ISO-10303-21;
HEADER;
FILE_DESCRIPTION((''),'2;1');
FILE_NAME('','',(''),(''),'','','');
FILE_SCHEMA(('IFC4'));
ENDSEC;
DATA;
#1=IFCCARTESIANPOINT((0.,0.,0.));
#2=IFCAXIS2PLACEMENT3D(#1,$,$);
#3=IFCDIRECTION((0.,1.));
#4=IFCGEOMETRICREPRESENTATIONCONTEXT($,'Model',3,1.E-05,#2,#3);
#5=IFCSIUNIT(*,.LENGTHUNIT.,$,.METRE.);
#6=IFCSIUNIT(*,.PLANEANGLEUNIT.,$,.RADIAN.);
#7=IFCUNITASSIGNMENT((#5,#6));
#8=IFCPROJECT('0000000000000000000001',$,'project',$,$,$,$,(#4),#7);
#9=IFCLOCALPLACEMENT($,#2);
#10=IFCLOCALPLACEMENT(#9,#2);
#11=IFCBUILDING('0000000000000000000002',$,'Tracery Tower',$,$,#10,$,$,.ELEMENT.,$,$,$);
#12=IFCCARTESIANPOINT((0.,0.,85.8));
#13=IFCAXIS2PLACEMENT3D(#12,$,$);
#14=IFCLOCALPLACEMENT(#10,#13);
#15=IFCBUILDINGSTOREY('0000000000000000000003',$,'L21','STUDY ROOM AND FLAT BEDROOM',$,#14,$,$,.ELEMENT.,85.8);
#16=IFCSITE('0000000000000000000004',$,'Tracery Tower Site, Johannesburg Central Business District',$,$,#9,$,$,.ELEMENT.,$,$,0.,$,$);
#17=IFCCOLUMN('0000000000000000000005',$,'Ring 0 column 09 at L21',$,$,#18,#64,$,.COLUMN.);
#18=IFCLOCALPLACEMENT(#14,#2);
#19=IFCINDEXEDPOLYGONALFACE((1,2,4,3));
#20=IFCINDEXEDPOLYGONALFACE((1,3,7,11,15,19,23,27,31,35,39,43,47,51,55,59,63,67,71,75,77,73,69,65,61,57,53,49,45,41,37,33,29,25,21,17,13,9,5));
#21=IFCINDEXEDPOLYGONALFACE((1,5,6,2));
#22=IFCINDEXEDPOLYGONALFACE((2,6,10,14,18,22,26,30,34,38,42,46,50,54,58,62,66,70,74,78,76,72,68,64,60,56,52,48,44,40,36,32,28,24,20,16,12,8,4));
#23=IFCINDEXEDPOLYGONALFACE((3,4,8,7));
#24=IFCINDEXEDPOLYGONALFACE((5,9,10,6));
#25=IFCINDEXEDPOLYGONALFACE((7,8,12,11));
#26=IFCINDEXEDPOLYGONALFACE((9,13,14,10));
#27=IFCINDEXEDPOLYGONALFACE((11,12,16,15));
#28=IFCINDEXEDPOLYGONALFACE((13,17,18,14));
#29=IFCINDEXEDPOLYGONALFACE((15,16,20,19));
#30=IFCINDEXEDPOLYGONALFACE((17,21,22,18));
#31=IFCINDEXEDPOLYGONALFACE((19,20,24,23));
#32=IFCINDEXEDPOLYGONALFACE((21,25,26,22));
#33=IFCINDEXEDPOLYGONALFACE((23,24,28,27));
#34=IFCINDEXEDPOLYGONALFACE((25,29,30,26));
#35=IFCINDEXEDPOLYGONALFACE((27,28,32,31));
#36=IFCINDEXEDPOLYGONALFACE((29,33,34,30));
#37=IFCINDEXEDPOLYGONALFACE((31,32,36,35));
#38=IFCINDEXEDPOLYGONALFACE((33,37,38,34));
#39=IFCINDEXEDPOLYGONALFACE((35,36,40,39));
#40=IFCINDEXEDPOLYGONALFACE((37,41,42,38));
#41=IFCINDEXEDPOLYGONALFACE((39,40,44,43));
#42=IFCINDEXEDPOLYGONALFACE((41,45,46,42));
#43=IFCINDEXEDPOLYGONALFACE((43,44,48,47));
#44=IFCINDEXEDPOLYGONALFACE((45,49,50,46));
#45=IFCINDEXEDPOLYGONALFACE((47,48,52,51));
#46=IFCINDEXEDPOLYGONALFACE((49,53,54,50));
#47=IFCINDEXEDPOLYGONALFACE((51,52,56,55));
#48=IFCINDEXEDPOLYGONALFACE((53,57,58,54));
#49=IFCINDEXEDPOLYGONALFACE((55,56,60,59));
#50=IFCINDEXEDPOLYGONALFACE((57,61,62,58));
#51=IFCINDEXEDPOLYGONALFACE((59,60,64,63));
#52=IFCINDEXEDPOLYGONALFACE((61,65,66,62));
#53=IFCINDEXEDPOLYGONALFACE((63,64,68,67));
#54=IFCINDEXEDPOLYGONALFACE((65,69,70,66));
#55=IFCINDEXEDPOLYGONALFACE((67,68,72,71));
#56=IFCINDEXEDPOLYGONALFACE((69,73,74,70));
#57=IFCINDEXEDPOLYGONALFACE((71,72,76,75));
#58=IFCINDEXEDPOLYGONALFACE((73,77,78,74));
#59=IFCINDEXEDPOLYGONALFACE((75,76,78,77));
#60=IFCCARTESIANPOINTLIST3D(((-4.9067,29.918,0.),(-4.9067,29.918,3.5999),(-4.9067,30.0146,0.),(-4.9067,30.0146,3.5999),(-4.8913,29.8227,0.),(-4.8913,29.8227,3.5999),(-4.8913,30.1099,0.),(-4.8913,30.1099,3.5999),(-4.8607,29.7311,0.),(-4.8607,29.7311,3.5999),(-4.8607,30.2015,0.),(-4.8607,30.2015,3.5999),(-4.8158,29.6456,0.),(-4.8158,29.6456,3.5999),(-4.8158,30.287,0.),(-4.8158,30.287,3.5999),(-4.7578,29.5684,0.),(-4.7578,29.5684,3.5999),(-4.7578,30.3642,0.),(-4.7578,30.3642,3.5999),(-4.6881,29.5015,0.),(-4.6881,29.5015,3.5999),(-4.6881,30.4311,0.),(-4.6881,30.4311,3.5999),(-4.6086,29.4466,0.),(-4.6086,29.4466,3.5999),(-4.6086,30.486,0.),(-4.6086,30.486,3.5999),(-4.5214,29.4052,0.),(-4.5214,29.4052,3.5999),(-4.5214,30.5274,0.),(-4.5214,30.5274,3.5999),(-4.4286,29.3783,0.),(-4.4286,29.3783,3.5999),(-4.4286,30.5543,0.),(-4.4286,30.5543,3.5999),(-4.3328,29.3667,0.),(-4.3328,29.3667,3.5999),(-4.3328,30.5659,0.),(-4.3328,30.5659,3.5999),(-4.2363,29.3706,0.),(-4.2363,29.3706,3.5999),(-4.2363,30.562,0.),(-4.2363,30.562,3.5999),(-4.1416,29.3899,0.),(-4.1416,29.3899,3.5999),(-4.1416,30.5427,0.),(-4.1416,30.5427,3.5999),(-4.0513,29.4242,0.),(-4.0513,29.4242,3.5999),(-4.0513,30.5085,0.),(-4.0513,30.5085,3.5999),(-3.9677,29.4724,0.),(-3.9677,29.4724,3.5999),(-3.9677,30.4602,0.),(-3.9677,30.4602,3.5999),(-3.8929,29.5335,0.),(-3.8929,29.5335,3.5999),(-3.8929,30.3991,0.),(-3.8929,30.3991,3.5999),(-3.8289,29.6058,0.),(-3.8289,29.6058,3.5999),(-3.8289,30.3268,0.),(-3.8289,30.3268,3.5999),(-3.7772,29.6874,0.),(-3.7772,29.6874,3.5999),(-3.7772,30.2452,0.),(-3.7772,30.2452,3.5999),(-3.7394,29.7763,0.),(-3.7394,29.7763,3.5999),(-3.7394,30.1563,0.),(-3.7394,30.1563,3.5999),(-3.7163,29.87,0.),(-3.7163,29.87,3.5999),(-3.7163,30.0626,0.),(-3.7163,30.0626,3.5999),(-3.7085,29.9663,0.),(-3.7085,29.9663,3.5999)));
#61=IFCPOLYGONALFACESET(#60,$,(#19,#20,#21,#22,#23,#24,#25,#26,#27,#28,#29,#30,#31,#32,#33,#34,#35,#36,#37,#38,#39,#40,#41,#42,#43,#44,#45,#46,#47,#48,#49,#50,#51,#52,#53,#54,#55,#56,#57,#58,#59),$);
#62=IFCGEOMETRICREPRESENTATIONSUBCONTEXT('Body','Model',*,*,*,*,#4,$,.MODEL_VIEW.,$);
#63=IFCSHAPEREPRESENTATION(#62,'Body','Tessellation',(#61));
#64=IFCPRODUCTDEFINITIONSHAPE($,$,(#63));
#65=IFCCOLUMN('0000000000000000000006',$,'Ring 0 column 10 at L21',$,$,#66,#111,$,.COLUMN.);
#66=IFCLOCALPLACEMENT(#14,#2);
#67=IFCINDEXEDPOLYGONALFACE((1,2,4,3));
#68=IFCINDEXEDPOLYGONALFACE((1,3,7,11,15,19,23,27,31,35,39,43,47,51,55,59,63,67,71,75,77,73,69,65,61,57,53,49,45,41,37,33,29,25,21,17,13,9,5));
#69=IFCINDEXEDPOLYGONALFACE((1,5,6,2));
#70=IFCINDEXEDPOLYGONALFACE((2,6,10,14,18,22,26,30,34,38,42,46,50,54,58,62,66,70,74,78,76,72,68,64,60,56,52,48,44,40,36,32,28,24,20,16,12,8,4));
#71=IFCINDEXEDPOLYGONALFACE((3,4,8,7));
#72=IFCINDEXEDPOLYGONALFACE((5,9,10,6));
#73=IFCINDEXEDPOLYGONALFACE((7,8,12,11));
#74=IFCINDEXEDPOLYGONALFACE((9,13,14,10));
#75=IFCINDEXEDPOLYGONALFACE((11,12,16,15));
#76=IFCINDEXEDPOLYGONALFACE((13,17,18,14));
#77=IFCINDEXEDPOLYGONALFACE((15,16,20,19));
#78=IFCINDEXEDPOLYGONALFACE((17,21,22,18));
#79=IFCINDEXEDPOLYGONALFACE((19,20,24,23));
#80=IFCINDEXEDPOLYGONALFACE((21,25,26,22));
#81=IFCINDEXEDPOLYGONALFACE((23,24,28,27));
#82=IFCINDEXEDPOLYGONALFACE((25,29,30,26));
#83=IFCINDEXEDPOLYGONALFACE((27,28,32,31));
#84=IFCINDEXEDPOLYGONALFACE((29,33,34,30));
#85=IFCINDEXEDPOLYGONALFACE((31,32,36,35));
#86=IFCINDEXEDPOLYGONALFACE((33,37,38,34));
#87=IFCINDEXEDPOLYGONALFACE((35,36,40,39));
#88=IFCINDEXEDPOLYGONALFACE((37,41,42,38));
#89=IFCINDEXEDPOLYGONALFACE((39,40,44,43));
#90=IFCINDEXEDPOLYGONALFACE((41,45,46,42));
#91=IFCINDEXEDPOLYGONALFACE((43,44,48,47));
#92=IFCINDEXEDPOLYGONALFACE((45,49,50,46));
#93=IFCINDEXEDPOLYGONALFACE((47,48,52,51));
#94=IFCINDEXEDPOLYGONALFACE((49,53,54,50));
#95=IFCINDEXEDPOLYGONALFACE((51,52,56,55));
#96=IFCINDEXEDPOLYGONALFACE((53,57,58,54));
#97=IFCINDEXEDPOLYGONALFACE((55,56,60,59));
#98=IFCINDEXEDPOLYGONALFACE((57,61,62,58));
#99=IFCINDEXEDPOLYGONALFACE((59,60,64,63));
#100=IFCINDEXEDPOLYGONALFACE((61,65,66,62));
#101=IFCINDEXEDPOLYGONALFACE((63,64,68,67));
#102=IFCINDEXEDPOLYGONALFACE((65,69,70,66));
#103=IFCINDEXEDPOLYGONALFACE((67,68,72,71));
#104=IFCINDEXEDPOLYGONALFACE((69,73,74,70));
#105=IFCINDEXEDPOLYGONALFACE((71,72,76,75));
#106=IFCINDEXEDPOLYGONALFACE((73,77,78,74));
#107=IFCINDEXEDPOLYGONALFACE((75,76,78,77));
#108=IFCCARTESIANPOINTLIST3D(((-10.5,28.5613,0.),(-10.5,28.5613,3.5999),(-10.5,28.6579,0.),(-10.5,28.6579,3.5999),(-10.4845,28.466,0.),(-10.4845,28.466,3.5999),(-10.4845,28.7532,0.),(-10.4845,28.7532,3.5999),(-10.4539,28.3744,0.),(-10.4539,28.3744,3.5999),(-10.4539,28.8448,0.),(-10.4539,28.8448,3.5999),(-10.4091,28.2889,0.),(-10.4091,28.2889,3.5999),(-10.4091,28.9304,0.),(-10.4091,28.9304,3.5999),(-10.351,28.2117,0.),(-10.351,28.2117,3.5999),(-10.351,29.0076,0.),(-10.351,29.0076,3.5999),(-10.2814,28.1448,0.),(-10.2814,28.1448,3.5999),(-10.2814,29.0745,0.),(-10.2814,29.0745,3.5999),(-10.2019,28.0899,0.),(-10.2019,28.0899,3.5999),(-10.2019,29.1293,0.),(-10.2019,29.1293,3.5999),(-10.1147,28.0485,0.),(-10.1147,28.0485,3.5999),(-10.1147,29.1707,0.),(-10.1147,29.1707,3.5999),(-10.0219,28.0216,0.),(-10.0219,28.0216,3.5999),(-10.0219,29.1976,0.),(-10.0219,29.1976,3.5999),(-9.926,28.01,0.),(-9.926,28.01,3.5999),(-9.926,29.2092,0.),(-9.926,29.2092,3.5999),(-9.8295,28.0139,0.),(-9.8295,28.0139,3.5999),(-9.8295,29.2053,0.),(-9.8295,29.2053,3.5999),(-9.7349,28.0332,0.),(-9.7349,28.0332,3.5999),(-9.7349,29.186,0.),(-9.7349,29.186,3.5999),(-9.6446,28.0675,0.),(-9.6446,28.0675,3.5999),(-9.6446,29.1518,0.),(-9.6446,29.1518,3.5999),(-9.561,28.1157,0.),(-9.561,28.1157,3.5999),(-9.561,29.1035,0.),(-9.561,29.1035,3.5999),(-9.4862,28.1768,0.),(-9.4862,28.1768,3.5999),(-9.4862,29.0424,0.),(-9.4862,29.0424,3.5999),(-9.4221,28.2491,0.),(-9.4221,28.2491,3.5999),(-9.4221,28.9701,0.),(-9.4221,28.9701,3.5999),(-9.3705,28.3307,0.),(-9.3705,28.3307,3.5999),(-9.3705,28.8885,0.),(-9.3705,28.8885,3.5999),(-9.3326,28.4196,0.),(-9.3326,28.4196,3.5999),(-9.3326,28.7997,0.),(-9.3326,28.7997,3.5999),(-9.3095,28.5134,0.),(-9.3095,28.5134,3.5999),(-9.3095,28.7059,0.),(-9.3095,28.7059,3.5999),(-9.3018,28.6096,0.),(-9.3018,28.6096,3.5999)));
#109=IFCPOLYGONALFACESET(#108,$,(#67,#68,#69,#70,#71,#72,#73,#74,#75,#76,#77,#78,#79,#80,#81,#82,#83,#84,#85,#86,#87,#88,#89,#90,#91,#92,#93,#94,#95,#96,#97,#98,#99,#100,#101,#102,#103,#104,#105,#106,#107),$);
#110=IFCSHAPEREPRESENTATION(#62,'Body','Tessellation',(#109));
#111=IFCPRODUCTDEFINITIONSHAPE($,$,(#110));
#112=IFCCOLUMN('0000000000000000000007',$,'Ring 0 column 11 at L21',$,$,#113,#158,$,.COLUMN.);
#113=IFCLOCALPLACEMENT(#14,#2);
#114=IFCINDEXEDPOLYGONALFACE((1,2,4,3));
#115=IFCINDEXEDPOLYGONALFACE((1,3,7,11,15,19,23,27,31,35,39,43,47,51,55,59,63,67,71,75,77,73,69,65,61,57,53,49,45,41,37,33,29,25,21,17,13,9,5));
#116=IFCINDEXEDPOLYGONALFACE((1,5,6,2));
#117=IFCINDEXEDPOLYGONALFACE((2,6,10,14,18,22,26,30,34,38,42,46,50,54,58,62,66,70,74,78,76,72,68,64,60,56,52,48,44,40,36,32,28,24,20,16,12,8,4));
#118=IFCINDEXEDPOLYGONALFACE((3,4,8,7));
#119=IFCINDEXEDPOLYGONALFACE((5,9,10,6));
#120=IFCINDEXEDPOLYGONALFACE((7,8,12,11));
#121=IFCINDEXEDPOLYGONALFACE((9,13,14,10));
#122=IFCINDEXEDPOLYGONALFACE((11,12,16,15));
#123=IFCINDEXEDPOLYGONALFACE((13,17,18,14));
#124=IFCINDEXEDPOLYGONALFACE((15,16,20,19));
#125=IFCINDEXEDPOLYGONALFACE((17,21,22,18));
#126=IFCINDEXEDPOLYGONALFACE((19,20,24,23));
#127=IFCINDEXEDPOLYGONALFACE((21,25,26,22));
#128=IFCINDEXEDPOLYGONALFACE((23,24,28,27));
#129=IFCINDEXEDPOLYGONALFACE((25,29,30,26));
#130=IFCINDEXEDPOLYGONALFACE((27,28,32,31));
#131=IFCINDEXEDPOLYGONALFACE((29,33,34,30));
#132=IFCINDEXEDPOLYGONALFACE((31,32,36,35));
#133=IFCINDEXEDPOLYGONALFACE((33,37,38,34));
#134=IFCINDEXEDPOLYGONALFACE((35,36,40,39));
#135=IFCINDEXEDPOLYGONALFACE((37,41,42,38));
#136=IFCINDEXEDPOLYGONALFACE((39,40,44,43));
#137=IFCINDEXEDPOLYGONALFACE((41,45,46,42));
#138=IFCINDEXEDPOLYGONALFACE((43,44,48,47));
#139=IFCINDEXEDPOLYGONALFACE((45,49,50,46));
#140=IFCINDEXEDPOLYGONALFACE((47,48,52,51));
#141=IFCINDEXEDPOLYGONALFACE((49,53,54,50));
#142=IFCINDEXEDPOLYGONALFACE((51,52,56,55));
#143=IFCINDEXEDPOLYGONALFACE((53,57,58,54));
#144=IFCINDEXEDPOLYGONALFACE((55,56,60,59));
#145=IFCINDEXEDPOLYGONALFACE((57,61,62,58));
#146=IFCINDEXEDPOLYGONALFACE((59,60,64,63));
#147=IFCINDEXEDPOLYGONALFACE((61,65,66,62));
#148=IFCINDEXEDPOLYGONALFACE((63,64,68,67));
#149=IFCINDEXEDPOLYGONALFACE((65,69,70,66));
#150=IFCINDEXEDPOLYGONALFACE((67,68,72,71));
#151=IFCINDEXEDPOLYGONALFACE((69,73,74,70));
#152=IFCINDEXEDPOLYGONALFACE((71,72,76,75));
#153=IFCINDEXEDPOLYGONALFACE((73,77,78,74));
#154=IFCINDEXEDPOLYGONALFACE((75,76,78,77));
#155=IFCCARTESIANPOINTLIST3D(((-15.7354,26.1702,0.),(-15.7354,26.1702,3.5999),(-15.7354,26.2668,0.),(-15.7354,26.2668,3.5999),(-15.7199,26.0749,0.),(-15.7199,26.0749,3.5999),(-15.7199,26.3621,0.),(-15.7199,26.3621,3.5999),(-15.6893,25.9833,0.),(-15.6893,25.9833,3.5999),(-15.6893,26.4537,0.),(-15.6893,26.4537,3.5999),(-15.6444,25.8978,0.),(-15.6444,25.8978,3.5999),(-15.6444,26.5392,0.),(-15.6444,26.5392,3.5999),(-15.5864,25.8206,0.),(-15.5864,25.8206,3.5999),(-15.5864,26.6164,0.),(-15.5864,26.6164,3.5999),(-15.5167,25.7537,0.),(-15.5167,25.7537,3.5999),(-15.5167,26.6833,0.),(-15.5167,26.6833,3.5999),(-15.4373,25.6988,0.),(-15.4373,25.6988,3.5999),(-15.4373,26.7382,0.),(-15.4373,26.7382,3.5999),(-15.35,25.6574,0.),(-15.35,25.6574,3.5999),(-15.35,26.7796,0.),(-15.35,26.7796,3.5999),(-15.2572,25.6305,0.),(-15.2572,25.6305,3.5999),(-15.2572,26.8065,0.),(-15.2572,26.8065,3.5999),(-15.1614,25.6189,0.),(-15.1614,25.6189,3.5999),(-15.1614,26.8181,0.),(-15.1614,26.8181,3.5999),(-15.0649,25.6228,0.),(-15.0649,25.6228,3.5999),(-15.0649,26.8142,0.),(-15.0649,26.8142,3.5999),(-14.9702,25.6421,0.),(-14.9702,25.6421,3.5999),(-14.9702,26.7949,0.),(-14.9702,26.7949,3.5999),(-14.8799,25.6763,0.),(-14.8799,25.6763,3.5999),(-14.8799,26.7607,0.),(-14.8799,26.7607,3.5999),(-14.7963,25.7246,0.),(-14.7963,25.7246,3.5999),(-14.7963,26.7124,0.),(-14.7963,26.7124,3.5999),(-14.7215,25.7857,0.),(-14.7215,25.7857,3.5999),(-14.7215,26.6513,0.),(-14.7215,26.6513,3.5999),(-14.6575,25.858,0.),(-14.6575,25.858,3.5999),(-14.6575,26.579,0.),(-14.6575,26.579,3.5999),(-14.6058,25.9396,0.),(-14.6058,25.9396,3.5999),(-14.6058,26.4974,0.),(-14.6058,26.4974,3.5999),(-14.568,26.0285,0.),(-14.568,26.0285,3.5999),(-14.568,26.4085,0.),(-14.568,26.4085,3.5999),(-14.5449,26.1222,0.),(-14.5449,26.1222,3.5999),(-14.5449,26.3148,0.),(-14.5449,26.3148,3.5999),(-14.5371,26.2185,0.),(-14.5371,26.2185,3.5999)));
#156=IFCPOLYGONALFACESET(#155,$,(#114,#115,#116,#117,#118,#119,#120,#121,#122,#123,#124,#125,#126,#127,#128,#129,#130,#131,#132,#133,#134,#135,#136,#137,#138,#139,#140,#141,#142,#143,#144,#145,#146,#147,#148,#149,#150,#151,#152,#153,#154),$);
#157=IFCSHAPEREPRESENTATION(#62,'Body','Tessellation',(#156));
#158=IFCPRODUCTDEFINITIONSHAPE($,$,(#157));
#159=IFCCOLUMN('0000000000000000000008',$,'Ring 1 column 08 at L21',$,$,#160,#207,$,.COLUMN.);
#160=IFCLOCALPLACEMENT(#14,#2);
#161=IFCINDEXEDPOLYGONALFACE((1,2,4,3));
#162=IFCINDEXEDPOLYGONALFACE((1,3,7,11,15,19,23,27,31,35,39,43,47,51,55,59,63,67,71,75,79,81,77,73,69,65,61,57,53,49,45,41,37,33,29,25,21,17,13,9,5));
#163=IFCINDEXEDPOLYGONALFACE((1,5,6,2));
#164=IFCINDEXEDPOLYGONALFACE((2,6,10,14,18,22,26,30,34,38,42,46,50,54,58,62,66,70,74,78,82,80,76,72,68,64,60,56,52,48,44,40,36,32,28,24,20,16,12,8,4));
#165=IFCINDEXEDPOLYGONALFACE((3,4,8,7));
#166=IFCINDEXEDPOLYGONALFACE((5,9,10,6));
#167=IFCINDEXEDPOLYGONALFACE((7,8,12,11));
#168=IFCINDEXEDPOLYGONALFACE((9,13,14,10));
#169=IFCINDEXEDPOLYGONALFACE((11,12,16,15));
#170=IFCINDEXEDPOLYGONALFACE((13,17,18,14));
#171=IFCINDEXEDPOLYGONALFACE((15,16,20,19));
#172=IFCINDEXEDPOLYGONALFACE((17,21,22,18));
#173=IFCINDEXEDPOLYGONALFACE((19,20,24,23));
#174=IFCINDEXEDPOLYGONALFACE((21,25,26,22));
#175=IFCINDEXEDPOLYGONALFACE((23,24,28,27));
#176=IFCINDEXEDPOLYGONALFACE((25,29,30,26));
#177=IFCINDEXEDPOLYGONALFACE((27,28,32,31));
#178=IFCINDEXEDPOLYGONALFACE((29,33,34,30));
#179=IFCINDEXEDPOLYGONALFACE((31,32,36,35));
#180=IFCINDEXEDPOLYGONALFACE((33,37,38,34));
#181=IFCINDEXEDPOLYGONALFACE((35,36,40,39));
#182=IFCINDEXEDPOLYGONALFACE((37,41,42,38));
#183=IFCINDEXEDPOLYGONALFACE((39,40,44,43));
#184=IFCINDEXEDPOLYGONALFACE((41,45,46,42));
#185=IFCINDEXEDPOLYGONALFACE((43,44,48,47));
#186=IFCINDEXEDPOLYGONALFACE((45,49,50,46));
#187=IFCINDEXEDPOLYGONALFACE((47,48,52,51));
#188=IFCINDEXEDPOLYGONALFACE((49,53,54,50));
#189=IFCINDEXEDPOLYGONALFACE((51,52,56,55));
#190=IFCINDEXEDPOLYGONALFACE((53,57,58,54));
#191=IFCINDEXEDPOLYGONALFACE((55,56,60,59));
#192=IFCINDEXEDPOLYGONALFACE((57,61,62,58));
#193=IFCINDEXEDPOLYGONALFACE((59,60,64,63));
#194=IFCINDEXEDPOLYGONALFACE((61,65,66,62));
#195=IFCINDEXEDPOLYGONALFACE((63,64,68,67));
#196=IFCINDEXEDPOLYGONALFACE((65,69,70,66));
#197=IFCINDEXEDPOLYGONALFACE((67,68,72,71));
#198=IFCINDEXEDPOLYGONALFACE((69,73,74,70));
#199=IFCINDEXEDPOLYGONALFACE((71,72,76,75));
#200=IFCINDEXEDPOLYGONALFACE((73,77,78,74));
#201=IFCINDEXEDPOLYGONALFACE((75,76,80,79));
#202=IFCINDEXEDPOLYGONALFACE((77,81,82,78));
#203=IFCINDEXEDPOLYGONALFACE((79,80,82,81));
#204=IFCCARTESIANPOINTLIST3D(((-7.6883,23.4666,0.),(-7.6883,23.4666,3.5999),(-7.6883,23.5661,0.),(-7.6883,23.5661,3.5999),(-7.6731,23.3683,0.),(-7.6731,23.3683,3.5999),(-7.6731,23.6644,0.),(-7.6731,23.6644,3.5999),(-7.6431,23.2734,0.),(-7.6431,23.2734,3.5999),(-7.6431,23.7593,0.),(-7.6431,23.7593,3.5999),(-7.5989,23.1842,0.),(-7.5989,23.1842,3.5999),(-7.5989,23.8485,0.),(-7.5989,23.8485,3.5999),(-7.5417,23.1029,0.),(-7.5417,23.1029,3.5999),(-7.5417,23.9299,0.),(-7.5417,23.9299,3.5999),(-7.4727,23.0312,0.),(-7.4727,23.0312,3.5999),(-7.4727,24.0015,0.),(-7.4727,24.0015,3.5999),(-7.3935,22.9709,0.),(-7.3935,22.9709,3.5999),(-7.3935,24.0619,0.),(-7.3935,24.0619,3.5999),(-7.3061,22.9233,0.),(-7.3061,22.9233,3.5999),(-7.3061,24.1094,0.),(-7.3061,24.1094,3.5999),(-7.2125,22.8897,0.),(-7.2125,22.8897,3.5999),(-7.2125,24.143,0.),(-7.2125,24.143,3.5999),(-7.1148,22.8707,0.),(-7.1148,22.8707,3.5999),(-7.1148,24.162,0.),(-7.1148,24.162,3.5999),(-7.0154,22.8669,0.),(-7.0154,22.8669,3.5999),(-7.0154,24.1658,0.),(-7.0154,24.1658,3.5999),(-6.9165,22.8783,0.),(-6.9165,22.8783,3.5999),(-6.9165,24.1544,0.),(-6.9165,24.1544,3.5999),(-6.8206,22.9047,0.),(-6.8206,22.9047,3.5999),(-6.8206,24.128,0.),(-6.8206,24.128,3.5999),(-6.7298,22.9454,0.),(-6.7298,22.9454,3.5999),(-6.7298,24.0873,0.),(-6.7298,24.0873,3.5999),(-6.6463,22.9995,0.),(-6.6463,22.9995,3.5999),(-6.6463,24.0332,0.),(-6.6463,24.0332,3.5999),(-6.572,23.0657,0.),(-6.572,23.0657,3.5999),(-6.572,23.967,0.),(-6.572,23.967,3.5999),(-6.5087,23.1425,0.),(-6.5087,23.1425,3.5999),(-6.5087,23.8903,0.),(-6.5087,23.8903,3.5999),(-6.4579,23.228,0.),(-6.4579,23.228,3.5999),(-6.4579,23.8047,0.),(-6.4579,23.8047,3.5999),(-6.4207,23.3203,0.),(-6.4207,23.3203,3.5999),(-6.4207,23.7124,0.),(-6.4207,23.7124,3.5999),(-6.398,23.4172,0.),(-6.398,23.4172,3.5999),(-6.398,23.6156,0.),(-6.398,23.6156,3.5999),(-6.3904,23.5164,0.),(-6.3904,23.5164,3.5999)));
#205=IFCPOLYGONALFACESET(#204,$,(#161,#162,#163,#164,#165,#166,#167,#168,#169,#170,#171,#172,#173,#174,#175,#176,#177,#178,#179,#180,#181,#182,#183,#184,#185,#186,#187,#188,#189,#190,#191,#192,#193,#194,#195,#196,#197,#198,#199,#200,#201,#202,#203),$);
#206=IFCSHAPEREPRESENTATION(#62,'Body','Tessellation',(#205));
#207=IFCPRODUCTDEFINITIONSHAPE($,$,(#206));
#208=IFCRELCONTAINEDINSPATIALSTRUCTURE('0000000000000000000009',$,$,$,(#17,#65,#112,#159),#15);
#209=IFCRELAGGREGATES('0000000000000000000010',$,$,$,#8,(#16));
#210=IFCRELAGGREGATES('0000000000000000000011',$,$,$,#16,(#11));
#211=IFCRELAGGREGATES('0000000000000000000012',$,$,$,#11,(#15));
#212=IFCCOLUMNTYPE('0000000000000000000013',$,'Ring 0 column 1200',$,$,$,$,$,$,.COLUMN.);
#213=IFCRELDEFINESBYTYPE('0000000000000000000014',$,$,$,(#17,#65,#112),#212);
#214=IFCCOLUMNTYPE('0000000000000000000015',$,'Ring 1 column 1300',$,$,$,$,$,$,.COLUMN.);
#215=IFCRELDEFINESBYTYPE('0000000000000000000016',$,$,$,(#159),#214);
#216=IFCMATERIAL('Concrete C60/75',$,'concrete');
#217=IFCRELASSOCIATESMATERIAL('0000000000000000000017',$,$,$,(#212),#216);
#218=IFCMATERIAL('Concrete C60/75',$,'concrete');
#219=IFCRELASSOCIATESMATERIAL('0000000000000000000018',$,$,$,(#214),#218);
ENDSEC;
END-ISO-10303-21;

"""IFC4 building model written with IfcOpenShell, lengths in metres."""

from ifc_helpers import new_model, si_unit, direction, frame, origin, origin_2d, place, context, subcontext, project, spatial, circle, extrude, material, material_profile, profile_set, type_object, element, save


model = new_model("IFC4")

# Units and contexts
model_context = context("Model", 3, precision=1e-05, world=origin(), true_north=direction((0.0, 1.0)))
body_context = subcontext(model_context, "Body", "Model", "MODEL_VIEW")
ifc_project = project(units=[si_unit("LENGTHUNIT", "METRE"), si_unit("PLANEANGLEUNIT", "RADIAN")], contexts=[model_context])

# Site, building, storey
site_placement = place(None, origin())
site = spatial("IfcSite", under=ifc_project, at=site_placement, Name="Tracery Tower Site, Johannesburg Central Business District", CompositionType="ELEMENT", RefElevation=0.0)
building_placement = place(site_placement, origin())
building = spatial("IfcBuilding", under=site, at=building_placement, Name="Tracery Tower", CompositionType="ELEMENT")
storey_placement = place(building_placement, frame((0.0, 0.0, 85.8)))
storey = spatial("IfcBuildingStorey", under=building, at=storey_placement, Name="L21", Description="STUDY ROOM AND FLAT BEDROOM", CompositionType="ELEMENT", Elevation=85.8)

# Columns
ifc_material_1 = material(Name="Concrete C60/75", Category="concrete")
ifc_material_profile_1 = material_profile(ifc_material_1, circle(Radius=0.6001, at=origin_2d()), Name="RC D1200")
ifc_profile_set_1 = profile_set([ifc_material_profile_1], Name="Concrete C60/75")
column_type_1 = type_object("IfcColumnType", Name="Ring 0 column 1200", PredefinedType="COLUMN", material=ifc_profile_set_1)
for number, where, z_axis, x_axis, name in (
    (1, (-4.3086, 29.9663, 0.0), (0.0, 0.0, 1.0), (1.0, 0.0, 0.0), "Ring 0 column 09 at L21"),
    (2, (-9.9019, 28.6096, 0.0), (0.0, 0.0, 1.0), (1.0, 0.0, 0.0), "Ring 0 column 10 at L21"),
    (3, (-15.1372, 26.2185, 0.0), (0.0, 0.0, 1.0), (1.0, 0.0, 0.0), "Ring 0 column 11 at L21"),
):
    element("IfcColumn", number, at=place(storey_placement, frame(where, z_axis=z_axis, x_axis=x_axis)), inside=storey, type_object=column_type_1, Name=name, PredefinedType="COLUMN", context=body_context, shape_type="SweptSolid", body=[
        extrude(circle(Radius=0.6001, at=origin_2d()), origin(), (0.0, 0.0, 1.0), 3.5999),
    ])
ifc_material_2 = material(Name="Concrete C60/75", Category="concrete")
ifc_material_profile_2 = material_profile(ifc_material_2, circle(Radius=0.6499, at=origin_2d()), Name="RC D1300")
ifc_profile_set_2 = profile_set([ifc_material_profile_2], Name="Concrete C60/75")
column_type_2 = type_object("IfcColumnType", Name="Ring 1 column 1300", PredefinedType="COLUMN", material=ifc_profile_set_2)
for number, where, z_axis, x_axis, name in (
    (4, (-7.0403, 23.5164, 0.0), (0.0, 0.0, 1.0), (1.0, 0.0, 0.0), "Ring 1 column 08 at L21"),
):
    element("IfcColumn", number, at=place(storey_placement, frame(where, z_axis=z_axis, x_axis=x_axis)), inside=storey, type_object=column_type_2, Name=name, PredefinedType="COLUMN", context=body_context, shape_type="SweptSolid", body=[
        extrude(circle(Radius=0.6499, at=origin_2d()), origin(), (0.0, 0.0, 1.0), 3.5999),
    ])

save(model, "model.ifc")
